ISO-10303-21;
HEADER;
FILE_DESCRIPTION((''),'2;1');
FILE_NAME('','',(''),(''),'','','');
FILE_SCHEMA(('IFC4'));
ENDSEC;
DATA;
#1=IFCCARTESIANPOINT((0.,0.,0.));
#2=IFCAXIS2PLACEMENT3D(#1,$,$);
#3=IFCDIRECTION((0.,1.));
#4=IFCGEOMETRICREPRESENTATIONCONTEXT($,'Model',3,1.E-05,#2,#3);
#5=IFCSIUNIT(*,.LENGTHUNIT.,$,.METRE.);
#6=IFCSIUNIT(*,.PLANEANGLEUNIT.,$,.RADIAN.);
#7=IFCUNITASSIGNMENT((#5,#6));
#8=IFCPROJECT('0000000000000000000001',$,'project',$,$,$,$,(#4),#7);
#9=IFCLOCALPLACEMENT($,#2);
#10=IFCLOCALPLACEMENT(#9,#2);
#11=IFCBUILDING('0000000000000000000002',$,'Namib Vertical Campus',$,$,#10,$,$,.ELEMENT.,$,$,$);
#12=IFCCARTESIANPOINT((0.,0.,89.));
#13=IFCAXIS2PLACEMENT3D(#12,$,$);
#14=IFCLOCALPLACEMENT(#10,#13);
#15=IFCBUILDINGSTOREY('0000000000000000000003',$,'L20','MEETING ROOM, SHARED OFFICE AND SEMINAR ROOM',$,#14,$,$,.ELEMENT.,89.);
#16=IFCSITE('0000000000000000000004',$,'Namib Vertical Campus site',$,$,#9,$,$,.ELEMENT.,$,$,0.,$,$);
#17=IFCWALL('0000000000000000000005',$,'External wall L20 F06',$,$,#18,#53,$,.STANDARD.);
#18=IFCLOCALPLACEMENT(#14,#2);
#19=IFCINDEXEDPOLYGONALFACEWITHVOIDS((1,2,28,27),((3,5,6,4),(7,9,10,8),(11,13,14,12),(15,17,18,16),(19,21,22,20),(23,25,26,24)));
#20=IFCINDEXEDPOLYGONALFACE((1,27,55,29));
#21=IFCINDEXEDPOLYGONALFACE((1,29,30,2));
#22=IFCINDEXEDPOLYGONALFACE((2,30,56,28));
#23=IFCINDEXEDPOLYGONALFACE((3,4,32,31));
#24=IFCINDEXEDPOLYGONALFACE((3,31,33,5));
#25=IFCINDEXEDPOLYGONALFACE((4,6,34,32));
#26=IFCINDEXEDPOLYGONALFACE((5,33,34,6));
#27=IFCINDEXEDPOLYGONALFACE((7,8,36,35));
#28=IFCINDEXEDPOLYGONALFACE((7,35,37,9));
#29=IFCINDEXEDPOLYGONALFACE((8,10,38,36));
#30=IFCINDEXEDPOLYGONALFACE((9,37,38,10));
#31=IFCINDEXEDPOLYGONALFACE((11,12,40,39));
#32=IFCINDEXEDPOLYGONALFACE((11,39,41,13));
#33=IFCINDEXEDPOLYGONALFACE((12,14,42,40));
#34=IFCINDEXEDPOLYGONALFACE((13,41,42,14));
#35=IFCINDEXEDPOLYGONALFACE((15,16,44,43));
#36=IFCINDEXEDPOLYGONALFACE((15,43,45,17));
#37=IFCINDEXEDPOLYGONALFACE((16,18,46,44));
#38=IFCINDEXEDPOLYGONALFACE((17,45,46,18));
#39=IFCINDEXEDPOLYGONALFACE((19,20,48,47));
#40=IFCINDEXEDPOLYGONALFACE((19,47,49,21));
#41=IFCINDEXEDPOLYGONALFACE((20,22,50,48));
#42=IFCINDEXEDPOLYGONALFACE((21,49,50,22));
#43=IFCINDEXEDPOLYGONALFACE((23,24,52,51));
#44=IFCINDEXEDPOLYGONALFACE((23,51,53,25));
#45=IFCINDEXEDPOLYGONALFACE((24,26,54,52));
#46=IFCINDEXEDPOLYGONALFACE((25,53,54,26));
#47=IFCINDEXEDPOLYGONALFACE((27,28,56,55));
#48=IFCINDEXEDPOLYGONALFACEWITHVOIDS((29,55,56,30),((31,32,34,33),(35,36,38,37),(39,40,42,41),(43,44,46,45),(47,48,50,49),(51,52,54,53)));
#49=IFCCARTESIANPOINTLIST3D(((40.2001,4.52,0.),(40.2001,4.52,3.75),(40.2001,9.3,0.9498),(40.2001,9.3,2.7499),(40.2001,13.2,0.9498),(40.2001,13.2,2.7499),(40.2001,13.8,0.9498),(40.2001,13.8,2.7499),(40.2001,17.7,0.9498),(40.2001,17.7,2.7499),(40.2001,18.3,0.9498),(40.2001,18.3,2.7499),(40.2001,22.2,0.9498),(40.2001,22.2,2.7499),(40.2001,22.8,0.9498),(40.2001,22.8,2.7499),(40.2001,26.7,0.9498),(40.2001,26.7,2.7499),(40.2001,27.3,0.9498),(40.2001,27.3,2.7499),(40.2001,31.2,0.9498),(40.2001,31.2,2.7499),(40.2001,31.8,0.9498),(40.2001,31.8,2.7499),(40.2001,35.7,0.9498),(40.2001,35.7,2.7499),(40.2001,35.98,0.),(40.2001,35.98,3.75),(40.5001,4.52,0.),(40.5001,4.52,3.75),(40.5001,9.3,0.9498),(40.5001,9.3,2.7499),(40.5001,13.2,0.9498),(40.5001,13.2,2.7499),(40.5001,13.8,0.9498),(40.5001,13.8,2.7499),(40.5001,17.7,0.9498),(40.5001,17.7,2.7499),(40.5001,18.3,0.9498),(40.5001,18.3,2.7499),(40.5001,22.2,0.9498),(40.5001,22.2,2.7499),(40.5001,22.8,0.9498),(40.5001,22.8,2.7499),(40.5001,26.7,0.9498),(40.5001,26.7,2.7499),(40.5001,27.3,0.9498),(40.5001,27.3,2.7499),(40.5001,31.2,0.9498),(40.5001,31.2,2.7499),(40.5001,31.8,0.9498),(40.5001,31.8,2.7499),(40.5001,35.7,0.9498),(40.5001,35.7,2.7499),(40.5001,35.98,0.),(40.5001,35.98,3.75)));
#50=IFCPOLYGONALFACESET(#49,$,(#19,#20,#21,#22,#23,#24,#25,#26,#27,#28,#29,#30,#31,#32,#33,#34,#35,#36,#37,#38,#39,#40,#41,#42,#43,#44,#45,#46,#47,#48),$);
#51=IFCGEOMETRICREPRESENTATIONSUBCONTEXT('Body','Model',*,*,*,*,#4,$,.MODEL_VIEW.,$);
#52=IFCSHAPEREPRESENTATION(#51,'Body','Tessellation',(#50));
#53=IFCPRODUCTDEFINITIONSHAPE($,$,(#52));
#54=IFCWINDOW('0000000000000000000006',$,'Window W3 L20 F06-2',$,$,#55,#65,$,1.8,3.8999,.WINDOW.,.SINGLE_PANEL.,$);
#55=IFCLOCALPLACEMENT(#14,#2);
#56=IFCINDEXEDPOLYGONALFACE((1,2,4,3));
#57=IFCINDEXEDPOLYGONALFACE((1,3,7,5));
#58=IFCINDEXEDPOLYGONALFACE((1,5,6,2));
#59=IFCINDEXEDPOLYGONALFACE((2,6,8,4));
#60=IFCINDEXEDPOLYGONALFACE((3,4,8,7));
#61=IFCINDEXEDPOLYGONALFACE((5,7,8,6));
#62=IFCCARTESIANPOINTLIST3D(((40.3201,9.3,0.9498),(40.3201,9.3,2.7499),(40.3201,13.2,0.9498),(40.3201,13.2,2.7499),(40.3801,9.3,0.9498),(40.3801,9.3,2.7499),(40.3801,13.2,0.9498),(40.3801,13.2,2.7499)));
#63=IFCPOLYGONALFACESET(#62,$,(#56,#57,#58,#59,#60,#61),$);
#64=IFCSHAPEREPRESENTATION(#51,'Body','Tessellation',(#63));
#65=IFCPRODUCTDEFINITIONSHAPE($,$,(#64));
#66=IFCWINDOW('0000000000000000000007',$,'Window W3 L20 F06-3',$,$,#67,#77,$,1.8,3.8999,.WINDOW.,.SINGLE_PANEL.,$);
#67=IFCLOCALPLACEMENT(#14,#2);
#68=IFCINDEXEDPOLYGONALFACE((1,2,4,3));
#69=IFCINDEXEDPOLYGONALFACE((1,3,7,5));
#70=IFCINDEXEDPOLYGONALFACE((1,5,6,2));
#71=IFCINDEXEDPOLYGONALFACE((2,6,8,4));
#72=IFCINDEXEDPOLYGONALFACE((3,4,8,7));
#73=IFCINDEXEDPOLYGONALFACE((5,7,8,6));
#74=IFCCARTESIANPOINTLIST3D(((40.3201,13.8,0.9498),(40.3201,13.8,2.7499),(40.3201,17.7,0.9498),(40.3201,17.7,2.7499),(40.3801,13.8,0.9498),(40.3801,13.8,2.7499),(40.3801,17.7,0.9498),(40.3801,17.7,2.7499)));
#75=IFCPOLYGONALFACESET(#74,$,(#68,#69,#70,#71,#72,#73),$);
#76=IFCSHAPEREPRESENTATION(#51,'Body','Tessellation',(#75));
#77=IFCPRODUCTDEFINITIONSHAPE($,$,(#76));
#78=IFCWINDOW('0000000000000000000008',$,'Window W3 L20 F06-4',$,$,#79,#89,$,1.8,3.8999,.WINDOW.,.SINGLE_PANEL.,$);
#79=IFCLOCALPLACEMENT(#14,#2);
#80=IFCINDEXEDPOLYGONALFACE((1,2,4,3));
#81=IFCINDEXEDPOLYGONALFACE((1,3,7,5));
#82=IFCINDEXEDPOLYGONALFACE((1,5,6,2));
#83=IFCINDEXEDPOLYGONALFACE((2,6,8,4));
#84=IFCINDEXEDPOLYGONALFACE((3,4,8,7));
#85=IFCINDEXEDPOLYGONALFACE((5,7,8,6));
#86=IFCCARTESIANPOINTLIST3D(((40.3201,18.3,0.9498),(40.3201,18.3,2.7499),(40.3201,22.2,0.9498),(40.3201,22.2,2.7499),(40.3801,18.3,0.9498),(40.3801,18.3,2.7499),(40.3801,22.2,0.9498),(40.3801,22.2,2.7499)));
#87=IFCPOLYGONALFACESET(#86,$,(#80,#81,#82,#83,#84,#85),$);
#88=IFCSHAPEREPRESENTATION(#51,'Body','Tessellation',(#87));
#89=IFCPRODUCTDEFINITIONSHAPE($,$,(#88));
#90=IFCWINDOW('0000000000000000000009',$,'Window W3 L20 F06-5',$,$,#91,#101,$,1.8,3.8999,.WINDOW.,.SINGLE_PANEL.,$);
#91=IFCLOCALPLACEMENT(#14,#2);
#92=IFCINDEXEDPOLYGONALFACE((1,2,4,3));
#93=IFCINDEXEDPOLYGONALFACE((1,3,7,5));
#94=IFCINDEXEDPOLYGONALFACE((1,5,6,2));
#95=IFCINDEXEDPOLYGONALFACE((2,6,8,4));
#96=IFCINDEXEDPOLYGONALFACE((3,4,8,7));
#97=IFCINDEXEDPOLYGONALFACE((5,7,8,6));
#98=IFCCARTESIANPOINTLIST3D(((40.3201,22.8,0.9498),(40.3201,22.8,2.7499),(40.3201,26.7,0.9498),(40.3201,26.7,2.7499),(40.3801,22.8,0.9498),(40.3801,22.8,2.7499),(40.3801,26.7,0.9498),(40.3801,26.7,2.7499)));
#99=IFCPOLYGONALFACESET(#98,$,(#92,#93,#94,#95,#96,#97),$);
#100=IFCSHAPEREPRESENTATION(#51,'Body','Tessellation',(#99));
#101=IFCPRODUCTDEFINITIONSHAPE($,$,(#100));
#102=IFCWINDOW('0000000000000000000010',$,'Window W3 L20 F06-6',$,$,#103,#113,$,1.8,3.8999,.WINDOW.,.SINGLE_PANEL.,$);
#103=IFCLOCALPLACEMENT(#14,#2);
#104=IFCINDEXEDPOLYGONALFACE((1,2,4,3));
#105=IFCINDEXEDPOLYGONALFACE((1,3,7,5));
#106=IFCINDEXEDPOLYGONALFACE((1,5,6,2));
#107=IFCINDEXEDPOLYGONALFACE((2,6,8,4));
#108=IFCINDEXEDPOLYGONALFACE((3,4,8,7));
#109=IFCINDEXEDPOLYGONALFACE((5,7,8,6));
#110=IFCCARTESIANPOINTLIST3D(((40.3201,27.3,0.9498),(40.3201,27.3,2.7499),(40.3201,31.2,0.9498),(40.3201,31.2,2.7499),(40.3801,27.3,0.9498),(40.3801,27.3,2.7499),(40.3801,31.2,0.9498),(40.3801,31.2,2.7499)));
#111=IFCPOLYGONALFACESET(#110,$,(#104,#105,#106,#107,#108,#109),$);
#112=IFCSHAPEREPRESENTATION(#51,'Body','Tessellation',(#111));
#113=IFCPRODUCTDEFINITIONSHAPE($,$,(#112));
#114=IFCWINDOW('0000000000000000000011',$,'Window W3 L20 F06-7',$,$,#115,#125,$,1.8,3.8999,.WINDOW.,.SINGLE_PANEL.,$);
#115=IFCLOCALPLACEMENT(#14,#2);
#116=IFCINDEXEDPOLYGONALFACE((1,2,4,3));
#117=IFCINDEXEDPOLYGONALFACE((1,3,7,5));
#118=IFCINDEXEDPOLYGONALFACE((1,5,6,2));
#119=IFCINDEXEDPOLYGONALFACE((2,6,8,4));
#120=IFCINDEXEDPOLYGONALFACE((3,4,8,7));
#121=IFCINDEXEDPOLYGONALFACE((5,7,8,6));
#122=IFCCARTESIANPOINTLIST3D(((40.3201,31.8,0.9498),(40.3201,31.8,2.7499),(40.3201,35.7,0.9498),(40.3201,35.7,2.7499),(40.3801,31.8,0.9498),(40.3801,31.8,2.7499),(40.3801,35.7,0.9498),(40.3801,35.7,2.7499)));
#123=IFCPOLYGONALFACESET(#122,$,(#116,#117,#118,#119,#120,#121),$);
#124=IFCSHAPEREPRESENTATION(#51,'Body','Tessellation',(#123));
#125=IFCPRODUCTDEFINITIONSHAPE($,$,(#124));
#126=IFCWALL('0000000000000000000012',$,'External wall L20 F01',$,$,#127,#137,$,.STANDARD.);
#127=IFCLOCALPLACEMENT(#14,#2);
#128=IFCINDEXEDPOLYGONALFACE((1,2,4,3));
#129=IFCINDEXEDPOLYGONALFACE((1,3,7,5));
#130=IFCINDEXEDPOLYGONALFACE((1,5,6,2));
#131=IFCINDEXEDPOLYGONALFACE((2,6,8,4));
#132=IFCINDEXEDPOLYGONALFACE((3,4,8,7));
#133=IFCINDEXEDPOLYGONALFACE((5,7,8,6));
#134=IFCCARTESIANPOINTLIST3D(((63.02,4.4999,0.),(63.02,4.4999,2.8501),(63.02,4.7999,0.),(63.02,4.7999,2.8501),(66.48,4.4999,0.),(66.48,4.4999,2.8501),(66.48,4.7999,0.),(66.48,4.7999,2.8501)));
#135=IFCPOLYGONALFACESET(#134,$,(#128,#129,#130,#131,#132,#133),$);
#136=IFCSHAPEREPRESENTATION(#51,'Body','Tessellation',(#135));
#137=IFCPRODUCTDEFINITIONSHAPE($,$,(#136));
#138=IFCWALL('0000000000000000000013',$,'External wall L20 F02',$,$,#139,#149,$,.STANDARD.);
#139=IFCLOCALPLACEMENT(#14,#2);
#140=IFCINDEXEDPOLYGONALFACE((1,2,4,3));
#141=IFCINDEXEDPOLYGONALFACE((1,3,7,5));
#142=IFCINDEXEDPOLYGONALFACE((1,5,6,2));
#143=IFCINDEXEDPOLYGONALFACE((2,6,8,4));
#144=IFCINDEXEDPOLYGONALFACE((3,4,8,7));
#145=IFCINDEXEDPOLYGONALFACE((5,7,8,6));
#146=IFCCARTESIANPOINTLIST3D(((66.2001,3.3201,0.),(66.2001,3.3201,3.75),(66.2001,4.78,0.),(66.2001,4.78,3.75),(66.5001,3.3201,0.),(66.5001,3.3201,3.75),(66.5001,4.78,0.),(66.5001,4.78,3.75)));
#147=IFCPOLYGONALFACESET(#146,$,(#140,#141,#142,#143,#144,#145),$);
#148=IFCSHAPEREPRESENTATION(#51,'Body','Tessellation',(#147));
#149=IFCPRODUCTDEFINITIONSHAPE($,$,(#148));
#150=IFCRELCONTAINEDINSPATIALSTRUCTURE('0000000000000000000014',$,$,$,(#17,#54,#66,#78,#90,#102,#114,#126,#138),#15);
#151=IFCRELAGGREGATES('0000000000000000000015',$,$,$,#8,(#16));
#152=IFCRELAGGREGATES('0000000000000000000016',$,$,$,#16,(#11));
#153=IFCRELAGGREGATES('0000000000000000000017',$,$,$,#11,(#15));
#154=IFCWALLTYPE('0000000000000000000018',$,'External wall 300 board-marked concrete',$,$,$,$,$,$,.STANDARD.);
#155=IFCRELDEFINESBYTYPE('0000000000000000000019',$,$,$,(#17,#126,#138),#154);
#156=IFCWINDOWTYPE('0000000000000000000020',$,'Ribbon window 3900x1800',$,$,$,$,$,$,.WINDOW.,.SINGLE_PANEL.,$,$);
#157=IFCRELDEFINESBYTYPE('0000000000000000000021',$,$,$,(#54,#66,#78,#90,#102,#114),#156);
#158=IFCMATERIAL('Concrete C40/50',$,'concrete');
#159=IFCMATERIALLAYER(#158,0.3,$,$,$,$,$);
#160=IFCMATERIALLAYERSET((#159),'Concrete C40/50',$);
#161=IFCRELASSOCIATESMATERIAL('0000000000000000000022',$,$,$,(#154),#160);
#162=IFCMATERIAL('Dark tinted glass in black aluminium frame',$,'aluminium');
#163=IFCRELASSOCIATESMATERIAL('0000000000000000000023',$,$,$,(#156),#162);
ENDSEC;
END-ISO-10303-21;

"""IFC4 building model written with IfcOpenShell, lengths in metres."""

from ifc_helpers import new_model, si_unit, direction, frame, frame_2d, origin, place, context, subcontext, project, spatial, rectangle, extrude, material, layer, layer_set, type_object, element, fill, save


model = new_model("IFC4")

# Units and contexts
model_context = context("Model", 3, precision=1e-05, world=origin(), true_north=direction((0.0, 1.0)))
body_context = subcontext(model_context, "Body", "Model", "MODEL_VIEW")
ifc_project = project(units=[si_unit("LENGTHUNIT", "METRE"), si_unit("PLANEANGLEUNIT", "RADIAN")], contexts=[model_context])

# Site, building, storey
site_placement = place(None, origin())
site = spatial("IfcSite", under=ifc_project, at=site_placement, Name="Namib Vertical Campus site", CompositionType="ELEMENT", RefElevation=0.0)
building_placement = place(site_placement, origin())
building = spatial("IfcBuilding", under=site, at=building_placement, Name="Namib Vertical Campus", CompositionType="ELEMENT")
storey_placement = place(building_placement, frame((0.0, 0.0, 89.0)))
storey = spatial("IfcBuildingStorey", under=building, at=storey_placement, Name="L20", Description="MEETING ROOM, SHARED OFFICE AND SEMINAR ROOM", CompositionType="ELEMENT", Elevation=89.0)

# Wall, openings, windows
ifc_material_1 = material(Name="Concrete C40/50", Category="concrete")
ifc_layer_1 = layer(ifc_material_1, 0.3)
ifc_layer_set_1 = layer_set([ifc_layer_1], Name="Concrete C40/50")
wall_type_1 = type_object("IfcWallType", Name="External wall 300 board-marked concrete", PredefinedType="STANDARD", material=ifc_layer_set_1)
wall_1_placement = place(storey_placement, frame((40.3501, 4.52, 0.0), z_axis=(0.0, 0.0, 1.0), x_axis=(0.0, 1.0, 0.0)))
wall_1 = element("IfcWall", 1, at=wall_1_placement, inside=storey, type_object=wall_type_1, Name="External wall L20 F06", PredefinedType="STANDARD", context=body_context, shape_type="SweptSolid", body=[
    extrude(rectangle(XDim=31.46, YDim=0.3, at=frame_2d((15.73, 0.0))), origin(), (0.0, 0.0, 1.0), 3.75),
])
opening_1_placement = place(wall_1_placement, frame((4.78, 0.0, 0.95)))
opening_1 = element("IfcOpeningElement", 2, at=opening_1_placement, cuts=wall_1, PredefinedType="OPENING", context=body_context, shape_type="SweptSolid", body=[
    extrude(rectangle(XDim=3.8999, YDim=1.8, at=frame_2d((1.95, 0.8999))), frame((0.0, 0.1599, 0.0), z_axis=(0.0, -1.0, 0.0), x_axis=(1.0, 0.0, 0.0)), (0.0, 0.0, 1.0), 0.3201),
])
opening_2_placement = place(wall_1_placement, frame((9.28, 0.0, 0.95)))
opening_2 = element("IfcOpeningElement", 3, at=opening_2_placement, cuts=wall_1, PredefinedType="OPENING", context=body_context, shape_type="SweptSolid", body=[
    extrude(rectangle(XDim=3.8999, YDim=1.8, at=frame_2d((1.95, 0.8999))), frame((0.0, 0.1599, 0.0), z_axis=(0.0, -1.0, 0.0), x_axis=(1.0, 0.0, 0.0)), (0.0, 0.0, 1.0), 0.3201),
])
opening_3_placement = place(wall_1_placement, frame((13.78, 0.0, 0.95)))
opening_3 = element("IfcOpeningElement", 4, at=opening_3_placement, cuts=wall_1, PredefinedType="OPENING", context=body_context, shape_type="SweptSolid", body=[
    extrude(rectangle(XDim=3.8999, YDim=1.8, at=frame_2d((1.95, 0.8999))), frame((0.0, 0.1599, 0.0), z_axis=(0.0, -1.0, 0.0), x_axis=(1.0, 0.0, 0.0)), (0.0, 0.0, 1.0), 0.3201),
])
opening_4_placement = place(wall_1_placement, frame((18.28, 0.0, 0.95)))
opening_4 = element("IfcOpeningElement", 5, at=opening_4_placement, cuts=wall_1, PredefinedType="OPENING", context=body_context, shape_type="SweptSolid", body=[
    extrude(rectangle(XDim=3.8999, YDim=1.8, at=frame_2d((1.95, 0.8999))), frame((0.0, 0.1599, 0.0), z_axis=(0.0, -1.0, 0.0), x_axis=(1.0, 0.0, 0.0)), (0.0, 0.0, 1.0), 0.3201),
])
opening_5_placement = place(wall_1_placement, frame((22.78, 0.0, 0.95)))
opening_5 = element("IfcOpeningElement", 6, at=opening_5_placement, cuts=wall_1, PredefinedType="OPENING", context=body_context, shape_type="SweptSolid", body=[
    extrude(rectangle(XDim=3.8999, YDim=1.8, at=frame_2d((1.95, 0.8999))), frame((0.0, 0.1599, 0.0), z_axis=(0.0, -1.0, 0.0), x_axis=(1.0, 0.0, 0.0)), (0.0, 0.0, 1.0), 0.3201),
])
opening_6_placement = place(wall_1_placement, frame((27.28, 0.0, 0.95)))
opening_6 = element("IfcOpeningElement", 7, at=opening_6_placement, cuts=wall_1, PredefinedType="OPENING", context=body_context, shape_type="SweptSolid", body=[
    extrude(rectangle(XDim=3.8999, YDim=1.8, at=frame_2d((1.95, 0.8999))), frame((0.0, 0.1599, 0.0), z_axis=(0.0, -1.0, 0.0), x_axis=(1.0, 0.0, 0.0)), (0.0, 0.0, 1.0), 0.3201),
])
ifc_material_2 = material(Name="Dark tinted glass in black aluminium frame", Category="aluminium")
window_type = type_object("IfcWindowType", Name="Ribbon window 3900x1800", PartitioningType="SINGLE_PANEL", PredefinedType="WINDOW", material=ifc_material_2)
window_1_placement = place(opening_1_placement, origin())
window_1 = element("IfcWindow", 8, at=window_1_placement, inside=storey, type_object=window_type, Name="Window W3 L20 F06-2", OverallHeight=1.8, OverallWidth=3.8999, PartitioningType="SINGLE_PANEL", PredefinedType="WINDOW", context=body_context, shape_type="SweptSolid", body=[
    extrude(rectangle(XDim=3.8999, YDim=1.8, at=frame_2d((1.95, 0.8999))), frame((0.0, 0.03, 0.0), z_axis=(0.0, -1.0, 0.0), x_axis=(1.0, 0.0, 0.0)), (0.0, 0.0, 1.0), 0.0601),
])
fill(opening_1, window_1)
window_2_placement = place(opening_2_placement, origin())
window_2 = element("IfcWindow", 9, at=window_2_placement, inside=storey, type_object=window_type, Name="Window W3 L20 F06-3", OverallHeight=1.8, OverallWidth=3.8999, PartitioningType="SINGLE_PANEL", PredefinedType="WINDOW", context=body_context, shape_type="SweptSolid", body=[
    extrude(rectangle(XDim=3.8999, YDim=1.8, at=frame_2d((1.95, 0.8999))), frame((0.0, 0.03, 0.0), z_axis=(0.0, -1.0, 0.0), x_axis=(1.0, 0.0, 0.0)), (0.0, 0.0, 1.0), 0.0601),
])
fill(opening_2, window_2)
window_3_placement = place(opening_3_placement, origin())
window_3 = element("IfcWindow", 10, at=window_3_placement, inside=storey, type_object=window_type, Name="Window W3 L20 F06-4", OverallHeight=1.8, OverallWidth=3.8999, PartitioningType="SINGLE_PANEL", PredefinedType="WINDOW", context=body_context, shape_type="SweptSolid", body=[
    extrude(rectangle(XDim=3.8999, YDim=1.8, at=frame_2d((1.95, 0.8999))), frame((0.0, 0.03, 0.0), z_axis=(0.0, -1.0, 0.0), x_axis=(1.0, 0.0, 0.0)), (0.0, 0.0, 1.0), 0.0601),
])
fill(opening_3, window_3)
window_4_placement = place(opening_4_placement, origin())
window_4 = element("IfcWindow", 11, at=window_4_placement, inside=storey, type_object=window_type, Name="Window W3 L20 F06-5", OverallHeight=1.8, OverallWidth=3.8999, PartitioningType="SINGLE_PANEL", PredefinedType="WINDOW", context=body_context, shape_type="SweptSolid", body=[
    extrude(rectangle(XDim=3.8999, YDim=1.8, at=frame_2d((1.95, 0.8999))), frame((0.0, 0.03, 0.0), z_axis=(0.0, -1.0, 0.0), x_axis=(1.0, 0.0, 0.0)), (0.0, 0.0, 1.0), 0.0601),
])
fill(opening_4, window_4)
window_5_placement = place(opening_5_placement, origin())
window_5 = element("IfcWindow", 12, at=window_5_placement, inside=storey, type_object=window_type, Name="Window W3 L20 F06-6", OverallHeight=1.8, OverallWidth=3.8999, PartitioningType="SINGLE_PANEL", PredefinedType="WINDOW", context=body_context, shape_type="SweptSolid", body=[
    extrude(rectangle(XDim=3.8999, YDim=1.8, at=frame_2d((1.95, 0.8999))), frame((0.0, 0.03, 0.0), z_axis=(0.0, -1.0, 0.0), x_axis=(1.0, 0.0, 0.0)), (0.0, 0.0, 1.0), 0.0601),
])
fill(opening_5, window_5)
window_6_placement = place(opening_6_placement, origin())
window_6 = element("IfcWindow", 13, at=window_6_placement, inside=storey, type_object=window_type, Name="Window W3 L20 F06-7", OverallHeight=1.8, OverallWidth=3.8999, PartitioningType="SINGLE_PANEL", PredefinedType="WINDOW", context=body_context, shape_type="SweptSolid", body=[
    extrude(rectangle(XDim=3.8999, YDim=1.8, at=frame_2d((1.95, 0.8999))), frame((0.0, 0.03, 0.0), z_axis=(0.0, -1.0, 0.0), x_axis=(1.0, 0.0, 0.0)), (0.0, 0.0, 1.0), 0.0601),
])
fill(opening_6, window_6)

# Walls
wall_2_placement = place(storey_placement, frame((63.02, 4.6499, 0.0), z_axis=(0.0, 0.0, 1.0), x_axis=(1.0, 0.0, 0.0)))
element("IfcWall", 14, at=wall_2_placement, inside=storey, type_object=wall_type_1, Name="External wall L20 F01", PredefinedType="STANDARD", context=body_context, shape_type="SweptSolid", body=[
    extrude(rectangle(XDim=3.46, YDim=0.3, at=frame_2d((1.73, 0.0))), origin(), (0.0, 0.0, 1.0), 2.8501),
])
wall_3_placement = place(storey_placement, frame((66.3501, 4.78, 0.0), z_axis=(0.0, 0.0, 1.0), x_axis=(0.0, -1.0, 0.0)))
element("IfcWall", 15, at=wall_3_placement, inside=storey, type_object=wall_type_1, Name="External wall L20 F02", PredefinedType="STANDARD", context=body_context, shape_type="SweptSolid", body=[
    extrude(rectangle(XDim=1.46, YDim=0.3, at=frame_2d((0.73, 0.0))), origin(), (0.0, 0.0, 1.0), 3.75),
])

save(model, "model.ifc")
